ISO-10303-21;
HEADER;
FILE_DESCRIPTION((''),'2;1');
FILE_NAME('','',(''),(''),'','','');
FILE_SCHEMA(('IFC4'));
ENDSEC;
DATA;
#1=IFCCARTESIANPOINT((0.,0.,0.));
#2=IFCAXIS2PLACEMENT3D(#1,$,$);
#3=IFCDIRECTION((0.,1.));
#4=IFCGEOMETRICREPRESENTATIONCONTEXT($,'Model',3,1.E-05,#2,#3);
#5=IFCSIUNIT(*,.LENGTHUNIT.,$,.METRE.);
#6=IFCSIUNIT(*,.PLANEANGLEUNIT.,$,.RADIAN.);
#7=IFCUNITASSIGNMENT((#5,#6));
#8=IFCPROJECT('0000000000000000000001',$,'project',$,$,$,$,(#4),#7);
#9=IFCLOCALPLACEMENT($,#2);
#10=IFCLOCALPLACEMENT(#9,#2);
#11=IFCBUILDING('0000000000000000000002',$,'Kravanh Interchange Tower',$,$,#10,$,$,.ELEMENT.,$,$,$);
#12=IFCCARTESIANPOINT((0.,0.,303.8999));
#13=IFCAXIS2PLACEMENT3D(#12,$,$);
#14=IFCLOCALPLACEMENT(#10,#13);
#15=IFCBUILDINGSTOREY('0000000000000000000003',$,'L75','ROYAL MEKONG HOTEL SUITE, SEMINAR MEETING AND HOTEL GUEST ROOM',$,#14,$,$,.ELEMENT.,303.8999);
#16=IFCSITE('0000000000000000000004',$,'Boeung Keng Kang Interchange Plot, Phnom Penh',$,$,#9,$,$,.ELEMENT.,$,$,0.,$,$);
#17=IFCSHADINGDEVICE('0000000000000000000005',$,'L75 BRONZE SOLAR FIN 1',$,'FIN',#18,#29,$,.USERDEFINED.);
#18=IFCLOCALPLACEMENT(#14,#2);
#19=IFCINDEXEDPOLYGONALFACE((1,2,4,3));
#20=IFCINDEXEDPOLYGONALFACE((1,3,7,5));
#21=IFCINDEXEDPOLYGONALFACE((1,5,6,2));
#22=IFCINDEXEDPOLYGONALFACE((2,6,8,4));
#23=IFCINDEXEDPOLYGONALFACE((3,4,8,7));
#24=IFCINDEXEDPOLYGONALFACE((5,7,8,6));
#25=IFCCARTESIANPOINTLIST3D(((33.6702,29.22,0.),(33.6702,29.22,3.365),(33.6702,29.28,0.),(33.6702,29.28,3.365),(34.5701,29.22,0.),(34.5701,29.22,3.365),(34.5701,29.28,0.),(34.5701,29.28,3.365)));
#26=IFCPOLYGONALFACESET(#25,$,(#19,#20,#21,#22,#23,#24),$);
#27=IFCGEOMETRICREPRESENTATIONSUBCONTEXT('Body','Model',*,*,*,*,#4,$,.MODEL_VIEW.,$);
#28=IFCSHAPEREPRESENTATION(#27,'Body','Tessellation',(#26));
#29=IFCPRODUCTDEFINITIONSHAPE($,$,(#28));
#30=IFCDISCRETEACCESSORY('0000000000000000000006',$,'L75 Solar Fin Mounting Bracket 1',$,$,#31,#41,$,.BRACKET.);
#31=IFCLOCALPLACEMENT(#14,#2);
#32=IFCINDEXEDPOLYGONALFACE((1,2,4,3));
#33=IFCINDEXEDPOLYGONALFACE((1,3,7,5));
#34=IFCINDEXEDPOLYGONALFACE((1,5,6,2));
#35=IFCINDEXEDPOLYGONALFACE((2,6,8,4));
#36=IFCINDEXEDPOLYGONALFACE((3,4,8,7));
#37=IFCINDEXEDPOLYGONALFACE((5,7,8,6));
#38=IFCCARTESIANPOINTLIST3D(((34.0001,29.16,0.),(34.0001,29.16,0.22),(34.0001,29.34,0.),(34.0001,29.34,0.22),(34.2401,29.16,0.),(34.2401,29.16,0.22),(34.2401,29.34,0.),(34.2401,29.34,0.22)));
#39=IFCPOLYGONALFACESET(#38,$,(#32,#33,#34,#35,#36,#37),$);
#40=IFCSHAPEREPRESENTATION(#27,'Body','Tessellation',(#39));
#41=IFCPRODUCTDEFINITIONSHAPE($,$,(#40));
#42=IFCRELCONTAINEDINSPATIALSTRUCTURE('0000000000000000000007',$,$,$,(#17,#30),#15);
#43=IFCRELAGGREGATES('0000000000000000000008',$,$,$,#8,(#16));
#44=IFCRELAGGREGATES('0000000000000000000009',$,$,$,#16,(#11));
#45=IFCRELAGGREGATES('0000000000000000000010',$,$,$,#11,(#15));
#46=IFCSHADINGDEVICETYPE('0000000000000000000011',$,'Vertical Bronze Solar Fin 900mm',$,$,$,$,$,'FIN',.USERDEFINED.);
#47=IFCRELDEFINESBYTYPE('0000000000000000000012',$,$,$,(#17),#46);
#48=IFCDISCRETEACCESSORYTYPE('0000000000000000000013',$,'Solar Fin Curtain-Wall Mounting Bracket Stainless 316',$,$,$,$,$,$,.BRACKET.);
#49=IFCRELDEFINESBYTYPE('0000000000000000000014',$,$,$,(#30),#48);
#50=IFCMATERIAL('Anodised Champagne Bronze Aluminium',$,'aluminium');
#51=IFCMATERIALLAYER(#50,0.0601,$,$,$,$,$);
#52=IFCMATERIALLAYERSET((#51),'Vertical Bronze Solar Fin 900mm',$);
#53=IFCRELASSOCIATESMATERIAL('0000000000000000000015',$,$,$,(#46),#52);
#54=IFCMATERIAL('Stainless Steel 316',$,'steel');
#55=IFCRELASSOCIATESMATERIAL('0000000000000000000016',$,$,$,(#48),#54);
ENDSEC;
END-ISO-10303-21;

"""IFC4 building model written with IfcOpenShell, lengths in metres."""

from ifc_helpers import new_model, si_unit, direction, frame, origin, origin_2d, place, context, subcontext, project, spatial, rectangle, extrude, material, layer, layer_set, type_object, element, save


model = new_model("IFC4")

# Units and contexts
model_context = context("Model", 3, precision=1e-05, world=origin(), true_north=direction((0.0, 1.0)))
body_context = subcontext(model_context, "Body", "Model", "MODEL_VIEW")
ifc_project = project(units=[si_unit("LENGTHUNIT", "METRE"), si_unit("PLANEANGLEUNIT", "RADIAN")], contexts=[model_context])

# Site, building, storey
site_placement = place(None, origin())
site = spatial("IfcSite", under=ifc_project, at=site_placement, Name="Boeung Keng Kang Interchange Plot, Phnom Penh", CompositionType="ELEMENT", RefElevation=0.0)
building_placement = place(site_placement, origin())
building = spatial("IfcBuilding", under=site, at=building_placement, Name="Kravanh Interchange Tower", CompositionType="ELEMENT")
storey_placement = place(building_placement, frame((0.0, 0.0, 303.8999)))
storey = spatial("IfcBuildingStorey", under=building, at=storey_placement, Name="L75", Description="ROYAL MEKONG HOTEL SUITE, SEMINAR MEETING AND HOTEL GUEST ROOM", CompositionType="ELEMENT", Elevation=303.8999)

# Shading device
ifc_material_1 = material(Name="Anodised Champagne Bronze Aluminium", Category="aluminium")
ifc_layer_1 = layer(ifc_material_1, 0.0601)
ifc_layer_set_1 = layer_set([ifc_layer_1], Name="Vertical Bronze Solar Fin 900mm")
shading_device_type = type_object("IfcShadingDeviceType", Name="Vertical Bronze Solar Fin 900mm", ElementType="FIN", PredefinedType="USERDEFINED", material=ifc_layer_set_1)
shading_device_placement = place(storey_placement, frame((34.1201, 29.25, 0.0), z_axis=(0.0, 0.0, 1.0), x_axis=(-1.0, 0.0, 0.0)))
element("IfcShadingDevice", 1, at=shading_device_placement, inside=storey, type_object=shading_device_type, Name="L75 BRONZE SOLAR FIN 1", ObjectType="FIN", PredefinedType="USERDEFINED", context=body_context, shape_type="SweptSolid", body=[
    extrude(rectangle(XDim=0.8999, YDim=0.0601, at=origin_2d()), origin(), (0.0, 0.0, 1.0), 3.365),
])

# Discrete accessory
ifc_material_2 = material(Name="Stainless Steel 316", Category="steel")
discrete_accessory_type = type_object("IfcDiscreteAccessoryType", Name="Solar Fin Curtain-Wall Mounting Bracket Stainless 316", PredefinedType="BRACKET", material=ifc_material_2)
discrete_accessory_placement = place(storey_placement, frame((34.1201, 29.25, 0.0), z_axis=(0.0, 0.0, 1.0), x_axis=(-1.0, 0.0, 0.0)))
element("IfcDiscreteAccessory", 2, at=discrete_accessory_placement, inside=storey, type_object=discrete_accessory_type, Name="L75 Solar Fin Mounting Bracket 1", PredefinedType="BRACKET", context=body_context, shape_type="SweptSolid", body=[
    extrude(rectangle(XDim=0.24, YDim=0.1799, at=origin_2d()), origin(), (0.0, 0.0, 1.0), 0.22),
])

save(model, "model.ifc")
